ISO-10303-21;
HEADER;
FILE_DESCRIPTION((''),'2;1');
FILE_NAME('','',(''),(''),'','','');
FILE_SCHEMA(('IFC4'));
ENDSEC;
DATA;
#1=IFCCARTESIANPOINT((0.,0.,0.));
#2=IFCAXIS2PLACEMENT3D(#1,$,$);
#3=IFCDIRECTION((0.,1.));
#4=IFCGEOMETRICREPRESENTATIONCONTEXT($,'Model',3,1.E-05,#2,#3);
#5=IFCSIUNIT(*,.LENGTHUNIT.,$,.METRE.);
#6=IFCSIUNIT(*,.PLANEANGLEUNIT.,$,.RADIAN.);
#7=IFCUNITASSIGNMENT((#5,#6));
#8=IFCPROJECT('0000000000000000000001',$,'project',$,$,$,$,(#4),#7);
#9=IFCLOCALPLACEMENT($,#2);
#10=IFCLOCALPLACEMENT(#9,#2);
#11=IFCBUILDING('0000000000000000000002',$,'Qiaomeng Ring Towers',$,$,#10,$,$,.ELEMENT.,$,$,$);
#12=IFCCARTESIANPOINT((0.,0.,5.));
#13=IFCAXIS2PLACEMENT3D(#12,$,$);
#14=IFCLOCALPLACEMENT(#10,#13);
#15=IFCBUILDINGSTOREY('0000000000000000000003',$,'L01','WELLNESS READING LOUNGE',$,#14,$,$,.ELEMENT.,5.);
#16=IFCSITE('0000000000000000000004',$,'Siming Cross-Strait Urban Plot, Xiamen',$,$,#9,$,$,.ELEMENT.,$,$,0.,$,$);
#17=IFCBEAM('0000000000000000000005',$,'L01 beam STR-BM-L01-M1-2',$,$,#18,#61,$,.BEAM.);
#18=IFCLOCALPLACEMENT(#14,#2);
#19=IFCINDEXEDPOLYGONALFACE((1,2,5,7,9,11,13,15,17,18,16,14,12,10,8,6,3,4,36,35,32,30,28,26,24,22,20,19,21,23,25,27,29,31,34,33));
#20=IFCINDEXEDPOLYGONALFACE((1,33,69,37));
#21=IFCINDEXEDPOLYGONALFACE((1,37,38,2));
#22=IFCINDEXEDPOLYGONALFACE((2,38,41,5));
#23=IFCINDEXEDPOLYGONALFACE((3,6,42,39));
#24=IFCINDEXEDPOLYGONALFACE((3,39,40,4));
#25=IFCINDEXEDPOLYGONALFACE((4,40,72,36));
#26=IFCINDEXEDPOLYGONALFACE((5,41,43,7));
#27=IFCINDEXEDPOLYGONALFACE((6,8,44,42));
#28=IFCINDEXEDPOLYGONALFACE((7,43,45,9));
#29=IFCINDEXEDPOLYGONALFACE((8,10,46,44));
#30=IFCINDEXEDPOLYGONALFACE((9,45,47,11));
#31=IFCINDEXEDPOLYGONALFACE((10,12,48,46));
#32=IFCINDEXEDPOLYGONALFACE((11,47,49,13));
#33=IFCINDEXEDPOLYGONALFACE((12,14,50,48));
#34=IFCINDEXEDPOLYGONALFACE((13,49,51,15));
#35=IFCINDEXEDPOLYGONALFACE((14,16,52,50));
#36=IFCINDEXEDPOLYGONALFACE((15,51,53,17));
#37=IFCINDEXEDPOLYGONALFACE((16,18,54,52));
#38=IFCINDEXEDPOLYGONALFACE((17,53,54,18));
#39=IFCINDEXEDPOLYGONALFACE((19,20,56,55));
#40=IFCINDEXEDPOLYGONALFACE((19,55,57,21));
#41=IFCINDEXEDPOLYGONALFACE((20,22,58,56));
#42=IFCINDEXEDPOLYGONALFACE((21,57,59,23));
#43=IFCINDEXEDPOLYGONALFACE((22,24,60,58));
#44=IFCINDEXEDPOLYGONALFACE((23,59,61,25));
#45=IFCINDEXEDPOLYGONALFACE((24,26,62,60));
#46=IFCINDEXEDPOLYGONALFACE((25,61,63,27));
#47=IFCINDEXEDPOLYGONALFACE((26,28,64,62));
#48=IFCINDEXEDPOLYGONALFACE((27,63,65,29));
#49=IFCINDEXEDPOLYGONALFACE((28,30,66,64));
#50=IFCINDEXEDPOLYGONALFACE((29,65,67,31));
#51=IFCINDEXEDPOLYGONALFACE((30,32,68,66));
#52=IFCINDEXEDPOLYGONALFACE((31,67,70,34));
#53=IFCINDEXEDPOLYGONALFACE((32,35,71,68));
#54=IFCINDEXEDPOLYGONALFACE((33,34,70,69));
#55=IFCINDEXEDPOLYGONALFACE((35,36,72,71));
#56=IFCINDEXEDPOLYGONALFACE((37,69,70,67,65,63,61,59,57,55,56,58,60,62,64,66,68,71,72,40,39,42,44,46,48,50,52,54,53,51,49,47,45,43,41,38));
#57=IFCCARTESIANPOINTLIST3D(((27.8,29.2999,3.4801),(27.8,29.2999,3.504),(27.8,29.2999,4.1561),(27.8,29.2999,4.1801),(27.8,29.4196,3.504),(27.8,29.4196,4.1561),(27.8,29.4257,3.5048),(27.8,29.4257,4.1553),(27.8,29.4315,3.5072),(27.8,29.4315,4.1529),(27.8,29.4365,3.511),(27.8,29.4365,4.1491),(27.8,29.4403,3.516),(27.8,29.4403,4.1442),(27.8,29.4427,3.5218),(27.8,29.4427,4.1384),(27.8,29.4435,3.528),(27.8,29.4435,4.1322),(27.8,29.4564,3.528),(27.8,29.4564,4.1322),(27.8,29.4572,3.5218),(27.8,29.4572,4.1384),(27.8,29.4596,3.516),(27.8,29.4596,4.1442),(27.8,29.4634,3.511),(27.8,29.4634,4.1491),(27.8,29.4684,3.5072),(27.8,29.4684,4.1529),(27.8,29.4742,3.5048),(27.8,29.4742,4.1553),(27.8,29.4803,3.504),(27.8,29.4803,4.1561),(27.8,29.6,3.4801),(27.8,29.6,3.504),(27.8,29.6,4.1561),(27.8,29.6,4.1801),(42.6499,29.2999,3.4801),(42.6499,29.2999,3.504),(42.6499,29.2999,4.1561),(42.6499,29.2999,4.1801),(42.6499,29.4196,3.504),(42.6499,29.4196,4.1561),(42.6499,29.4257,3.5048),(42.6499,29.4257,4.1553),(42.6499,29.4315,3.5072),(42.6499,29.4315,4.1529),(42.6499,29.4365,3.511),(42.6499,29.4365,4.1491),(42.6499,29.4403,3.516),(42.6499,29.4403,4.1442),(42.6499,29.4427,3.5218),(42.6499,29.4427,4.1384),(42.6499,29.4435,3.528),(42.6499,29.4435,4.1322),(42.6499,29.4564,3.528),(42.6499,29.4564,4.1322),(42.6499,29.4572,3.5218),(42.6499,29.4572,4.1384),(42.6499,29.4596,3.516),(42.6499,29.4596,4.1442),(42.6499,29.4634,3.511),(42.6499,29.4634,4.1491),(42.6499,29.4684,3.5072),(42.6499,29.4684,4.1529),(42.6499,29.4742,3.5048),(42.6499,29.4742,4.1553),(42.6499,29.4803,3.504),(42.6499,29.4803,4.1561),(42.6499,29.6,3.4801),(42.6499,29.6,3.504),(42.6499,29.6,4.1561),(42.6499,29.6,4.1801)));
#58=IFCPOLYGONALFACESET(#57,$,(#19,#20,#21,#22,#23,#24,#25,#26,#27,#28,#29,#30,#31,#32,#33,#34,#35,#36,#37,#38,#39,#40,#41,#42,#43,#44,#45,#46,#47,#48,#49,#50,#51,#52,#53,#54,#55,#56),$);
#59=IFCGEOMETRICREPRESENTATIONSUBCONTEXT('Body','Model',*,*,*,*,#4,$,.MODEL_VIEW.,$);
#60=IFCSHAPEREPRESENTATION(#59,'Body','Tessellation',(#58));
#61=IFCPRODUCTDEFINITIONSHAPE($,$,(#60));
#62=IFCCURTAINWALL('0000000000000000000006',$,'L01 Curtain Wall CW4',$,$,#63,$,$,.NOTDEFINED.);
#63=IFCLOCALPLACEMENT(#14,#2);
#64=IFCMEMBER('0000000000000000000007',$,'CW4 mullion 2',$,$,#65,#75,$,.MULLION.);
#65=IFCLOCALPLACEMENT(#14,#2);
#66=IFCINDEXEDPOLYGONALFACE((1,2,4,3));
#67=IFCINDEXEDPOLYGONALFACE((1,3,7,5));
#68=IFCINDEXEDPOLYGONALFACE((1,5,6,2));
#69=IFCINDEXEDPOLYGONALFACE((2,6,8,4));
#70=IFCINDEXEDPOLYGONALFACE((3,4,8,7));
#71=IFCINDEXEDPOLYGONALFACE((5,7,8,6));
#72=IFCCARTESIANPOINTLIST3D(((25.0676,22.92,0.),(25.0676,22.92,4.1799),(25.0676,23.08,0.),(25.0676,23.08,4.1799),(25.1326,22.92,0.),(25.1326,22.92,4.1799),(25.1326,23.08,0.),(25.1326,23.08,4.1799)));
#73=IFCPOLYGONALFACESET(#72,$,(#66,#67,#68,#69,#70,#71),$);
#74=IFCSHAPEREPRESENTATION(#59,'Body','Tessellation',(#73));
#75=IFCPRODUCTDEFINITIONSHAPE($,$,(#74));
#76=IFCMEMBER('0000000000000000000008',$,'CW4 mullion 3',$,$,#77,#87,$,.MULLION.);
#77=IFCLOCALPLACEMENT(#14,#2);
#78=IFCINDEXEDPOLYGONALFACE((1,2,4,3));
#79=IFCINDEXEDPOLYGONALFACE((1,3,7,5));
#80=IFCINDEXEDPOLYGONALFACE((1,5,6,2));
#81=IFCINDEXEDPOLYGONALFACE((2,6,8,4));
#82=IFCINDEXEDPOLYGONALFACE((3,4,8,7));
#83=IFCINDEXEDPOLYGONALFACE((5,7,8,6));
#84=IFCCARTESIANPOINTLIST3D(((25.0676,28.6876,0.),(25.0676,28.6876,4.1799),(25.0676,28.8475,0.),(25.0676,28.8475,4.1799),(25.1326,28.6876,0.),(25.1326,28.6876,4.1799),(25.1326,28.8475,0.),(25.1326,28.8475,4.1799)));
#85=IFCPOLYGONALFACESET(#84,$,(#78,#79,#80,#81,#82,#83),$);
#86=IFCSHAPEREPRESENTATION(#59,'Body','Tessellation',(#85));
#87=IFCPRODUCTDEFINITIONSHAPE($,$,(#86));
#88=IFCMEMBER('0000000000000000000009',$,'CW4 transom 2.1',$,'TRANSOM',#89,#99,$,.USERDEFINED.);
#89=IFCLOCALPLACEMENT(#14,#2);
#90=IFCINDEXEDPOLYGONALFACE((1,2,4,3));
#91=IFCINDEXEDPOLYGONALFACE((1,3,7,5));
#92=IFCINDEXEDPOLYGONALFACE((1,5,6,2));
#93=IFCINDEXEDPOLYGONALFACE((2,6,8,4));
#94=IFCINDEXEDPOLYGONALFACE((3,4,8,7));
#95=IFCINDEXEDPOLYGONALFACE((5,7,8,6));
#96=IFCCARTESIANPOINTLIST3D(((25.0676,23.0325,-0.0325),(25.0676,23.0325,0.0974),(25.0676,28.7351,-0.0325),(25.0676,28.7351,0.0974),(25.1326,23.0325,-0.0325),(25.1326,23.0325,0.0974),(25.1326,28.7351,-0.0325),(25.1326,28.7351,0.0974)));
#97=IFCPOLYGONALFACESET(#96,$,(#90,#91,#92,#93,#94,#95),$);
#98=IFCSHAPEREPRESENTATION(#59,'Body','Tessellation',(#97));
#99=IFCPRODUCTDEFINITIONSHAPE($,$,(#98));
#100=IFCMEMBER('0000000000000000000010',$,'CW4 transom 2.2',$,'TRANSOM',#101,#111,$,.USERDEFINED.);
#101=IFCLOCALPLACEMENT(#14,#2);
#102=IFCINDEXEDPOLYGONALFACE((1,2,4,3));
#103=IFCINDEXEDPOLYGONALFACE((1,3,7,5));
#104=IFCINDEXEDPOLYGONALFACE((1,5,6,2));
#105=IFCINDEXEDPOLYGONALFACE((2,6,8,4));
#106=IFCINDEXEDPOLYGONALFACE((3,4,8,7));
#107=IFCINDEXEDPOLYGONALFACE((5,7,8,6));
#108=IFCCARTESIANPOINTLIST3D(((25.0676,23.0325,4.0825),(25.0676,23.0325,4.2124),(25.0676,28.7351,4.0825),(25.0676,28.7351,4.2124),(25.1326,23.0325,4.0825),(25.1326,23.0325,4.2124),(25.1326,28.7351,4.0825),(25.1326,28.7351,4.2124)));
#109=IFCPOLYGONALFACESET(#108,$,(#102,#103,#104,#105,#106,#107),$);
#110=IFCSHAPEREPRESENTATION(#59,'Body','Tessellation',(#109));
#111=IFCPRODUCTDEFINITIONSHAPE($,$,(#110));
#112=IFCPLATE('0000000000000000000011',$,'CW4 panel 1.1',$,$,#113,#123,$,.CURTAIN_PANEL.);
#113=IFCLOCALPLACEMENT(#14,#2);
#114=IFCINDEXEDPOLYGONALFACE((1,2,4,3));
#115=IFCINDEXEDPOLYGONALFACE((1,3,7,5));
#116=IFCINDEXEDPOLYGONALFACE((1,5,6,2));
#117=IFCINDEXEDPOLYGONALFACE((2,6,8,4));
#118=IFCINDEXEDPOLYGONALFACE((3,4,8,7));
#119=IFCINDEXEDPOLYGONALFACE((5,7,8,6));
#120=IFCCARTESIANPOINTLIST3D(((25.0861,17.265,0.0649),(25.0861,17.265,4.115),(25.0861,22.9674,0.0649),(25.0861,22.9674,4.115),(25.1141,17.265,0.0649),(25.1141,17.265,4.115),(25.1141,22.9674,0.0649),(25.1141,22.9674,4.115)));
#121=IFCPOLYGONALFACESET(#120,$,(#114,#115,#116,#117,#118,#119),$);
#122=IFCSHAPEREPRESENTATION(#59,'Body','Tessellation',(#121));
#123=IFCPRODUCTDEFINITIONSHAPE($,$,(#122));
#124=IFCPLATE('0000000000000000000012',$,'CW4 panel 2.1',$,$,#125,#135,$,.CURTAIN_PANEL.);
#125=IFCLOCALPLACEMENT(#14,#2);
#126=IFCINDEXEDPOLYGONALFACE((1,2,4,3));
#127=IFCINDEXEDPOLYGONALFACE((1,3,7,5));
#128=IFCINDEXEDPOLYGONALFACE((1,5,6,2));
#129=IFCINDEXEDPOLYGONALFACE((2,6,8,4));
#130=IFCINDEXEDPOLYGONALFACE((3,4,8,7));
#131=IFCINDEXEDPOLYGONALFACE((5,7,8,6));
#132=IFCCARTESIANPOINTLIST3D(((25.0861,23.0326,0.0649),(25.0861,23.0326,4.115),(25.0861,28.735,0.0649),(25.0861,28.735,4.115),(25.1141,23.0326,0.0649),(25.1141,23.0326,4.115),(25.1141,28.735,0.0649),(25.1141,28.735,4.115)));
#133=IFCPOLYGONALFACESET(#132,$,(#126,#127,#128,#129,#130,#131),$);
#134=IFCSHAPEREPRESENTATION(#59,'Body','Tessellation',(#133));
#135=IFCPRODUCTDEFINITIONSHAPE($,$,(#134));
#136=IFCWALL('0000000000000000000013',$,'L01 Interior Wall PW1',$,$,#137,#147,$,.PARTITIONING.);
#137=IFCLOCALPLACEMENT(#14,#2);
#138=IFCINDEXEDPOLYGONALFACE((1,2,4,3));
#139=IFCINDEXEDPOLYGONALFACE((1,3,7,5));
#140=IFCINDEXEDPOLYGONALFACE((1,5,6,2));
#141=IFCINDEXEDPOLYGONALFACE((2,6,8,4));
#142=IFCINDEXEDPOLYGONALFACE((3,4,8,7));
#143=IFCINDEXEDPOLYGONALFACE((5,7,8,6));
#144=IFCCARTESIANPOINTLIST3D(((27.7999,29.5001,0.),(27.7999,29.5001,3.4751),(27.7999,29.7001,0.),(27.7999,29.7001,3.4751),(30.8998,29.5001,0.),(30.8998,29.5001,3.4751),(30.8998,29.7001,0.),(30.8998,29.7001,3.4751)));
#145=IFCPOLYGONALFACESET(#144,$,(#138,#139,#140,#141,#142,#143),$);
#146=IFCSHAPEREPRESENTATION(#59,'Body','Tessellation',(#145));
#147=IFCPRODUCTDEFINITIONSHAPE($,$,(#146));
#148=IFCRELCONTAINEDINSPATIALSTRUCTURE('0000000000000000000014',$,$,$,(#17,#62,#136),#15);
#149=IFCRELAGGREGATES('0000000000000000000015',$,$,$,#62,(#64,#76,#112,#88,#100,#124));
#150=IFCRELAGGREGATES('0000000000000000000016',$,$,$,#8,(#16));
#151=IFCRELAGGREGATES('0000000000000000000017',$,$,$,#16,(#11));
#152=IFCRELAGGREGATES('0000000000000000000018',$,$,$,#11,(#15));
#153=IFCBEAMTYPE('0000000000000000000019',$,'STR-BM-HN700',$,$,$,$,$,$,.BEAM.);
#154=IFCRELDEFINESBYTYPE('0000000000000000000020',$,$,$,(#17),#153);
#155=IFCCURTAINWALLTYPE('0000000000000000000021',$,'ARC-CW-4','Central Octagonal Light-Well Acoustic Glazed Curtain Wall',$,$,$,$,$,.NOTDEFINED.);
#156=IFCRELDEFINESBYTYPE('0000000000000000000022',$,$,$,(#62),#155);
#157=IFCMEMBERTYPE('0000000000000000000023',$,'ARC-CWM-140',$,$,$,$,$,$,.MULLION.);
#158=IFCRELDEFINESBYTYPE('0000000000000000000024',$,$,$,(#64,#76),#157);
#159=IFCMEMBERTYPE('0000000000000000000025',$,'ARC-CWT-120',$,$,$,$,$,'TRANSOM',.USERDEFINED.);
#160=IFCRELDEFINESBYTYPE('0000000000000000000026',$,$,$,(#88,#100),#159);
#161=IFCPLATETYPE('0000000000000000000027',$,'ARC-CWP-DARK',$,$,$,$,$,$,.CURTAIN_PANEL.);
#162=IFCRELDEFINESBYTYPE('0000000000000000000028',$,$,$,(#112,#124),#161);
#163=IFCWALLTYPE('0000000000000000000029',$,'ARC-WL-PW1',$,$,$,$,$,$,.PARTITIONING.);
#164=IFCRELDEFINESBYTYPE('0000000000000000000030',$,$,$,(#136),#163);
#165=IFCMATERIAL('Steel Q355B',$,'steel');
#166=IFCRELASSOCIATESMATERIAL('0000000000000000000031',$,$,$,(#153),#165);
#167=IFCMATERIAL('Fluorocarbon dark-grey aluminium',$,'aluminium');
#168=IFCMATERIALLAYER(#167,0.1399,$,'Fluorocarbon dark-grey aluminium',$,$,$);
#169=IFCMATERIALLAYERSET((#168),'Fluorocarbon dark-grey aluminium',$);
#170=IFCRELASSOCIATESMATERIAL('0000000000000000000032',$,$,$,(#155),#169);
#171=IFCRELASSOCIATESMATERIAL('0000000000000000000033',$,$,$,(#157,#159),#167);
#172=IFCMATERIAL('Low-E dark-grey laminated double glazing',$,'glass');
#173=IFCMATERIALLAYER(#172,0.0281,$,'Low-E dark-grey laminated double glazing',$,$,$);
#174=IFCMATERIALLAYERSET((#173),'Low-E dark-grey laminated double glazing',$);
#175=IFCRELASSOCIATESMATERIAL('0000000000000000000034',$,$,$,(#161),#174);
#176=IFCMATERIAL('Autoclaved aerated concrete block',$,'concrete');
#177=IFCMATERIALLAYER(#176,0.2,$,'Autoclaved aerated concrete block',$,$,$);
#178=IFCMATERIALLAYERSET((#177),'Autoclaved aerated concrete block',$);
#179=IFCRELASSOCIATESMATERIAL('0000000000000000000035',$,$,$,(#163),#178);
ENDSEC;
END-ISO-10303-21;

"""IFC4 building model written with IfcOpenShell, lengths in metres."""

from ifc_helpers import new_model, si_unit, direction, frame, frame_2d, origin, origin_2d, place, context, subcontext, project, spatial, rectangle, i_section, extrude, source, transform, mapped, material, layer, layer_set, material_profile, profile_set, type_object, element, aggregate, save


model = new_model("IFC4")

# Units and contexts
model_context = context("Model", 3, precision=1e-05, world=origin(), true_north=direction((0.0, 1.0)))
body_context = subcontext(model_context, "Body", "Model", "MODEL_VIEW")
ifc_project = project(units=[si_unit("LENGTHUNIT", "METRE"), si_unit("PLANEANGLEUNIT", "RADIAN")], contexts=[model_context])

# Site, building, storey
site_placement = place(None, origin())
site = spatial("IfcSite", under=ifc_project, at=site_placement, Name="Siming Cross-Strait Urban Plot, Xiamen", CompositionType="ELEMENT", RefElevation=0.0)
building_placement = place(site_placement, origin())
building = spatial("IfcBuilding", under=site, at=building_placement, Name="Qiaomeng Ring Towers", CompositionType="ELEMENT")
storey_placement = place(building_placement, frame((0.0, 0.0, 5.0)))
storey = spatial("IfcBuildingStorey", under=building, at=storey_placement, Name="L01", Description="WELLNESS READING LOUNGE", CompositionType="ELEMENT", Elevation=5.0)

# Beam
ifc_material_1 = material(Name="Steel Q355B", Category="steel")
ifc_material_profile_1 = material_profile(ifc_material_1, i_section(OverallWidth=0.3, OverallDepth=0.7, WebThickness=0.0129, FlangeThickness=0.0239, FilletRadius=0.0239, at=origin_2d()), Name="HN 700x300x13x24")
ifc_profile_set_1 = profile_set([ifc_material_profile_1], Name="Steel Q355B")
beam_type = type_object("IfcBeamType", Name="STR-BM-HN700", PredefinedType="BEAM", material=ifc_profile_set_1)
shared_shape_1 = source(origin(), body_context, "Body", "SweptSolid", [
    extrude(i_section(OverallWidth=0.3, OverallDepth=0.7, WebThickness=0.0129, FlangeThickness=0.0239, FilletRadius=0.0239, at=origin_2d()), origin(), (0.0, 0.0, 1.0), 14.8499),
])
beam_placement = place(storey_placement, frame((27.8, 29.45, 3.8301), z_axis=(1.0, 0.0, 0.0), x_axis=(0.0, 1.0, 0.0)))
element("IfcBeam", 1, at=beam_placement, inside=storey, type_object=beam_type, Name="L01 beam STR-BM-L01-M1-2", PredefinedType="BEAM", context=body_context, shape_type="MappedRepresentation", body=[
    mapped(shared_shape_1, transform((0.0, 0.0, 0.0), x_axis=(1.0, 0.0, 0.0), y_axis=(0.0, 1.0, 0.0), z_axis=(0.0, 0.0, 1.0), scale=1.0)),
])

# Curtain wall, members, plates
ifc_material_2 = material(Name="Fluorocarbon dark-grey aluminium", Category="aluminium")
ifc_layer_1 = layer(ifc_material_2, 0.1399, Name="Fluorocarbon dark-grey aluminium")
ifc_layer_set_1 = layer_set([ifc_layer_1], Name="Fluorocarbon dark-grey aluminium")
curtain_wall_type = type_object("IfcCurtainWallType", Name="ARC-CW-4", Description="Central Octagonal Light-Well Acoustic Glazed Curtain Wall", PredefinedType="NOTDEFINED", material=ifc_layer_set_1)
curtain_wall_placement = place(storey_placement, origin())
curtain_wall = element("IfcCurtainWall", 2, at=curtain_wall_placement, inside=storey, type_object=curtain_wall_type, Name="L01 Curtain Wall CW4", PredefinedType="NOTDEFINED")
ifc_material_profile_2 = material_profile(ifc_material_2, rectangle(XDim=0.0649, YDim=0.1599, at=origin_2d()), Name="ALU MULL 65x160")
ifc_profile_set_2 = profile_set([ifc_material_profile_2], Name="Fluorocarbon dark-grey aluminium")
member_type_1 = type_object("IfcMemberType", Name="ARC-CWM-140", PredefinedType="MULLION", material=ifc_profile_set_2)
shared_shape_2 = source(origin(), body_context, "Body", "SweptSolid", [
    extrude(rectangle(XDim=0.0649, YDim=0.1599, at=origin_2d()), origin(), (0.0, 0.0, 1.0), 4.1799),
])
member_1_placement = place(storey_placement, frame((25.1001, 23.0, 0.0), z_axis=(0.0, 0.0, 1.0), x_axis=(-1.0, 0.0, 0.0)))
member_1 = element("IfcMember", 3, at=member_1_placement, type_object=member_type_1, Name="CW4 mullion 2", PredefinedType="MULLION", context=body_context, shape_type="MappedRepresentation", body=[
    mapped(shared_shape_2, transform((0.0, 0.0, 0.0), x_axis=(1.0, 0.0, 0.0), y_axis=(0.0, 1.0, 0.0), z_axis=(0.0, 0.0, 1.0), scale=1.0)),
])
member_2_placement = place(storey_placement, frame((25.1001, 28.7676, 0.0), z_axis=(0.0, 0.0, 1.0), x_axis=(-1.0, 0.0, 0.0)))
member_2 = element("IfcMember", 4, at=member_2_placement, type_object=member_type_1, Name="CW4 mullion 3", PredefinedType="MULLION", context=body_context, shape_type="MappedRepresentation", body=[
    mapped(shared_shape_2, transform((0.0, 0.0, 0.0), x_axis=(1.0, 0.0, 0.0), y_axis=(0.0, 1.0, 0.0), z_axis=(0.0, 0.0, 1.0), scale=1.0)),
])
ifc_material_profile_3 = material_profile(ifc_material_2, rectangle(XDim=0.0649, YDim=0.1299, at=origin_2d()), Name="ALU TRAN 65x130")
ifc_profile_set_3 = profile_set([ifc_material_profile_3], Name="Fluorocarbon dark-grey aluminium")
member_type_2 = type_object("IfcMemberType", Name="ARC-CWT-120", ElementType="TRANSOM", PredefinedType="USERDEFINED", material=ifc_profile_set_3)
shared_shape_3 = source(origin(), body_context, "Body", "SweptSolid", [
    extrude(rectangle(XDim=0.0649, YDim=0.1299, at=origin_2d()), origin(), (0.0, 0.0, 1.0), 5.7026),
])
member_3_placement = place(storey_placement, frame((25.1001, 23.0325, 0.0325), z_axis=(0.0, 1.0, 0.0), x_axis=(-1.0, 0.0, 0.0)))
member_3 = element("IfcMember", 5, at=member_3_placement, type_object=member_type_2, Name="CW4 transom 2.1", ObjectType="TRANSOM", PredefinedType="USERDEFINED", context=body_context, shape_type="MappedRepresentation", body=[
    mapped(shared_shape_3, transform((0.0, 0.0, 0.0), x_axis=(1.0, 0.0, 0.0), y_axis=(0.0, 1.0, 0.0), z_axis=(0.0, 0.0, 1.0), scale=1.0)),
])
member_4_placement = place(storey_placement, frame((25.1001, 23.0325, 4.1475), z_axis=(0.0, 1.0, 0.0), x_axis=(-1.0, 0.0, 0.0)))
member_4 = element("IfcMember", 6, at=member_4_placement, type_object=member_type_2, Name="CW4 transom 2.2", ObjectType="TRANSOM", PredefinedType="USERDEFINED", context=body_context, shape_type="MappedRepresentation", body=[
    mapped(shared_shape_3, transform((0.0, 0.0, 0.0), x_axis=(1.0, 0.0, 0.0), y_axis=(0.0, 1.0, 0.0), z_axis=(0.0, 0.0, 1.0), scale=1.0)),
])
ifc_material_3 = material(Name="Low-E dark-grey laminated double glazing", Category="glass")
ifc_layer_2 = layer(ifc_material_3, 0.0281, Name="Low-E dark-grey laminated double glazing")
ifc_layer_set_2 = layer_set([ifc_layer_2], Name="Low-E dark-grey laminated double glazing")
plate_type = type_object("IfcPlateType", Name="ARC-CWP-DARK", PredefinedType="CURTAIN_PANEL", material=ifc_layer_set_2)
shared_shape_4 = source(origin(), body_context, "Body", "SweptSolid", [
    extrude(rectangle(XDim=5.7024, YDim=0.0281, at=origin_2d()), origin(), (0.0, 0.0, 1.0), 4.05),
])
plate_1_placement = place(storey_placement, frame((25.1001, 20.1162, 0.0649), z_axis=(0.0, 0.0, 1.0), x_axis=(0.0, 1.0, 0.0)))
plate_1 = element("IfcPlate", 7, at=plate_1_placement, type_object=plate_type, Name="CW4 panel 1.1", PredefinedType="CURTAIN_PANEL", context=body_context, shape_type="MappedRepresentation", body=[
    mapped(shared_shape_4, transform((0.0, 0.0, 0.0), x_axis=(1.0, 0.0, 0.0), y_axis=(0.0, 1.0, 0.0), z_axis=(0.0, 0.0, 1.0), scale=1.0)),
])
plate_2_placement = place(storey_placement, frame((25.1001, 25.8838, 0.0649), z_axis=(0.0, 0.0, 1.0), x_axis=(0.0, 1.0, 0.0)))
plate_2 = element("IfcPlate", 8, at=plate_2_placement, type_object=plate_type, Name="CW4 panel 2.1", PredefinedType="CURTAIN_PANEL", context=body_context, shape_type="MappedRepresentation", body=[
    mapped(shared_shape_4, transform((0.0, 0.0, 0.0), x_axis=(1.0, 0.0, 0.0), y_axis=(0.0, 1.0, 0.0), z_axis=(0.0, 0.0, 1.0), scale=1.0)),
])
aggregate(curtain_wall, [member_1, member_2, plate_1, member_3, member_4, plate_2])

# Wall
ifc_material_4 = material(Name="Autoclaved aerated concrete block", Category="concrete")
ifc_layer_3 = layer(ifc_material_4, 0.2, Name="Autoclaved aerated concrete block")
ifc_layer_set_3 = layer_set([ifc_layer_3], Name="Autoclaved aerated concrete block")
wall_type_1 = type_object("IfcWallType", Name="ARC-WL-PW1", PredefinedType="PARTITIONING", material=ifc_layer_set_3)
wall_1_placement = place(storey_placement, frame((27.8, 29.6001, 0.0), z_axis=(0.0, 0.0, 1.0), x_axis=(1.0, 0.0, 0.0)))
element("IfcWall", 9, at=wall_1_placement, inside=storey, type_object=wall_type_1, Name="L01 Interior Wall PW1", PredefinedType="PARTITIONING", context=body_context, shape_type="SweptSolid", body=[
    extrude(rectangle(XDim=3.0999, YDim=0.2, at=frame_2d((1.5498, 0.0))), origin(), (0.0, 0.0, 1.0), 3.4751),
])

save(model, "model.ifc")
